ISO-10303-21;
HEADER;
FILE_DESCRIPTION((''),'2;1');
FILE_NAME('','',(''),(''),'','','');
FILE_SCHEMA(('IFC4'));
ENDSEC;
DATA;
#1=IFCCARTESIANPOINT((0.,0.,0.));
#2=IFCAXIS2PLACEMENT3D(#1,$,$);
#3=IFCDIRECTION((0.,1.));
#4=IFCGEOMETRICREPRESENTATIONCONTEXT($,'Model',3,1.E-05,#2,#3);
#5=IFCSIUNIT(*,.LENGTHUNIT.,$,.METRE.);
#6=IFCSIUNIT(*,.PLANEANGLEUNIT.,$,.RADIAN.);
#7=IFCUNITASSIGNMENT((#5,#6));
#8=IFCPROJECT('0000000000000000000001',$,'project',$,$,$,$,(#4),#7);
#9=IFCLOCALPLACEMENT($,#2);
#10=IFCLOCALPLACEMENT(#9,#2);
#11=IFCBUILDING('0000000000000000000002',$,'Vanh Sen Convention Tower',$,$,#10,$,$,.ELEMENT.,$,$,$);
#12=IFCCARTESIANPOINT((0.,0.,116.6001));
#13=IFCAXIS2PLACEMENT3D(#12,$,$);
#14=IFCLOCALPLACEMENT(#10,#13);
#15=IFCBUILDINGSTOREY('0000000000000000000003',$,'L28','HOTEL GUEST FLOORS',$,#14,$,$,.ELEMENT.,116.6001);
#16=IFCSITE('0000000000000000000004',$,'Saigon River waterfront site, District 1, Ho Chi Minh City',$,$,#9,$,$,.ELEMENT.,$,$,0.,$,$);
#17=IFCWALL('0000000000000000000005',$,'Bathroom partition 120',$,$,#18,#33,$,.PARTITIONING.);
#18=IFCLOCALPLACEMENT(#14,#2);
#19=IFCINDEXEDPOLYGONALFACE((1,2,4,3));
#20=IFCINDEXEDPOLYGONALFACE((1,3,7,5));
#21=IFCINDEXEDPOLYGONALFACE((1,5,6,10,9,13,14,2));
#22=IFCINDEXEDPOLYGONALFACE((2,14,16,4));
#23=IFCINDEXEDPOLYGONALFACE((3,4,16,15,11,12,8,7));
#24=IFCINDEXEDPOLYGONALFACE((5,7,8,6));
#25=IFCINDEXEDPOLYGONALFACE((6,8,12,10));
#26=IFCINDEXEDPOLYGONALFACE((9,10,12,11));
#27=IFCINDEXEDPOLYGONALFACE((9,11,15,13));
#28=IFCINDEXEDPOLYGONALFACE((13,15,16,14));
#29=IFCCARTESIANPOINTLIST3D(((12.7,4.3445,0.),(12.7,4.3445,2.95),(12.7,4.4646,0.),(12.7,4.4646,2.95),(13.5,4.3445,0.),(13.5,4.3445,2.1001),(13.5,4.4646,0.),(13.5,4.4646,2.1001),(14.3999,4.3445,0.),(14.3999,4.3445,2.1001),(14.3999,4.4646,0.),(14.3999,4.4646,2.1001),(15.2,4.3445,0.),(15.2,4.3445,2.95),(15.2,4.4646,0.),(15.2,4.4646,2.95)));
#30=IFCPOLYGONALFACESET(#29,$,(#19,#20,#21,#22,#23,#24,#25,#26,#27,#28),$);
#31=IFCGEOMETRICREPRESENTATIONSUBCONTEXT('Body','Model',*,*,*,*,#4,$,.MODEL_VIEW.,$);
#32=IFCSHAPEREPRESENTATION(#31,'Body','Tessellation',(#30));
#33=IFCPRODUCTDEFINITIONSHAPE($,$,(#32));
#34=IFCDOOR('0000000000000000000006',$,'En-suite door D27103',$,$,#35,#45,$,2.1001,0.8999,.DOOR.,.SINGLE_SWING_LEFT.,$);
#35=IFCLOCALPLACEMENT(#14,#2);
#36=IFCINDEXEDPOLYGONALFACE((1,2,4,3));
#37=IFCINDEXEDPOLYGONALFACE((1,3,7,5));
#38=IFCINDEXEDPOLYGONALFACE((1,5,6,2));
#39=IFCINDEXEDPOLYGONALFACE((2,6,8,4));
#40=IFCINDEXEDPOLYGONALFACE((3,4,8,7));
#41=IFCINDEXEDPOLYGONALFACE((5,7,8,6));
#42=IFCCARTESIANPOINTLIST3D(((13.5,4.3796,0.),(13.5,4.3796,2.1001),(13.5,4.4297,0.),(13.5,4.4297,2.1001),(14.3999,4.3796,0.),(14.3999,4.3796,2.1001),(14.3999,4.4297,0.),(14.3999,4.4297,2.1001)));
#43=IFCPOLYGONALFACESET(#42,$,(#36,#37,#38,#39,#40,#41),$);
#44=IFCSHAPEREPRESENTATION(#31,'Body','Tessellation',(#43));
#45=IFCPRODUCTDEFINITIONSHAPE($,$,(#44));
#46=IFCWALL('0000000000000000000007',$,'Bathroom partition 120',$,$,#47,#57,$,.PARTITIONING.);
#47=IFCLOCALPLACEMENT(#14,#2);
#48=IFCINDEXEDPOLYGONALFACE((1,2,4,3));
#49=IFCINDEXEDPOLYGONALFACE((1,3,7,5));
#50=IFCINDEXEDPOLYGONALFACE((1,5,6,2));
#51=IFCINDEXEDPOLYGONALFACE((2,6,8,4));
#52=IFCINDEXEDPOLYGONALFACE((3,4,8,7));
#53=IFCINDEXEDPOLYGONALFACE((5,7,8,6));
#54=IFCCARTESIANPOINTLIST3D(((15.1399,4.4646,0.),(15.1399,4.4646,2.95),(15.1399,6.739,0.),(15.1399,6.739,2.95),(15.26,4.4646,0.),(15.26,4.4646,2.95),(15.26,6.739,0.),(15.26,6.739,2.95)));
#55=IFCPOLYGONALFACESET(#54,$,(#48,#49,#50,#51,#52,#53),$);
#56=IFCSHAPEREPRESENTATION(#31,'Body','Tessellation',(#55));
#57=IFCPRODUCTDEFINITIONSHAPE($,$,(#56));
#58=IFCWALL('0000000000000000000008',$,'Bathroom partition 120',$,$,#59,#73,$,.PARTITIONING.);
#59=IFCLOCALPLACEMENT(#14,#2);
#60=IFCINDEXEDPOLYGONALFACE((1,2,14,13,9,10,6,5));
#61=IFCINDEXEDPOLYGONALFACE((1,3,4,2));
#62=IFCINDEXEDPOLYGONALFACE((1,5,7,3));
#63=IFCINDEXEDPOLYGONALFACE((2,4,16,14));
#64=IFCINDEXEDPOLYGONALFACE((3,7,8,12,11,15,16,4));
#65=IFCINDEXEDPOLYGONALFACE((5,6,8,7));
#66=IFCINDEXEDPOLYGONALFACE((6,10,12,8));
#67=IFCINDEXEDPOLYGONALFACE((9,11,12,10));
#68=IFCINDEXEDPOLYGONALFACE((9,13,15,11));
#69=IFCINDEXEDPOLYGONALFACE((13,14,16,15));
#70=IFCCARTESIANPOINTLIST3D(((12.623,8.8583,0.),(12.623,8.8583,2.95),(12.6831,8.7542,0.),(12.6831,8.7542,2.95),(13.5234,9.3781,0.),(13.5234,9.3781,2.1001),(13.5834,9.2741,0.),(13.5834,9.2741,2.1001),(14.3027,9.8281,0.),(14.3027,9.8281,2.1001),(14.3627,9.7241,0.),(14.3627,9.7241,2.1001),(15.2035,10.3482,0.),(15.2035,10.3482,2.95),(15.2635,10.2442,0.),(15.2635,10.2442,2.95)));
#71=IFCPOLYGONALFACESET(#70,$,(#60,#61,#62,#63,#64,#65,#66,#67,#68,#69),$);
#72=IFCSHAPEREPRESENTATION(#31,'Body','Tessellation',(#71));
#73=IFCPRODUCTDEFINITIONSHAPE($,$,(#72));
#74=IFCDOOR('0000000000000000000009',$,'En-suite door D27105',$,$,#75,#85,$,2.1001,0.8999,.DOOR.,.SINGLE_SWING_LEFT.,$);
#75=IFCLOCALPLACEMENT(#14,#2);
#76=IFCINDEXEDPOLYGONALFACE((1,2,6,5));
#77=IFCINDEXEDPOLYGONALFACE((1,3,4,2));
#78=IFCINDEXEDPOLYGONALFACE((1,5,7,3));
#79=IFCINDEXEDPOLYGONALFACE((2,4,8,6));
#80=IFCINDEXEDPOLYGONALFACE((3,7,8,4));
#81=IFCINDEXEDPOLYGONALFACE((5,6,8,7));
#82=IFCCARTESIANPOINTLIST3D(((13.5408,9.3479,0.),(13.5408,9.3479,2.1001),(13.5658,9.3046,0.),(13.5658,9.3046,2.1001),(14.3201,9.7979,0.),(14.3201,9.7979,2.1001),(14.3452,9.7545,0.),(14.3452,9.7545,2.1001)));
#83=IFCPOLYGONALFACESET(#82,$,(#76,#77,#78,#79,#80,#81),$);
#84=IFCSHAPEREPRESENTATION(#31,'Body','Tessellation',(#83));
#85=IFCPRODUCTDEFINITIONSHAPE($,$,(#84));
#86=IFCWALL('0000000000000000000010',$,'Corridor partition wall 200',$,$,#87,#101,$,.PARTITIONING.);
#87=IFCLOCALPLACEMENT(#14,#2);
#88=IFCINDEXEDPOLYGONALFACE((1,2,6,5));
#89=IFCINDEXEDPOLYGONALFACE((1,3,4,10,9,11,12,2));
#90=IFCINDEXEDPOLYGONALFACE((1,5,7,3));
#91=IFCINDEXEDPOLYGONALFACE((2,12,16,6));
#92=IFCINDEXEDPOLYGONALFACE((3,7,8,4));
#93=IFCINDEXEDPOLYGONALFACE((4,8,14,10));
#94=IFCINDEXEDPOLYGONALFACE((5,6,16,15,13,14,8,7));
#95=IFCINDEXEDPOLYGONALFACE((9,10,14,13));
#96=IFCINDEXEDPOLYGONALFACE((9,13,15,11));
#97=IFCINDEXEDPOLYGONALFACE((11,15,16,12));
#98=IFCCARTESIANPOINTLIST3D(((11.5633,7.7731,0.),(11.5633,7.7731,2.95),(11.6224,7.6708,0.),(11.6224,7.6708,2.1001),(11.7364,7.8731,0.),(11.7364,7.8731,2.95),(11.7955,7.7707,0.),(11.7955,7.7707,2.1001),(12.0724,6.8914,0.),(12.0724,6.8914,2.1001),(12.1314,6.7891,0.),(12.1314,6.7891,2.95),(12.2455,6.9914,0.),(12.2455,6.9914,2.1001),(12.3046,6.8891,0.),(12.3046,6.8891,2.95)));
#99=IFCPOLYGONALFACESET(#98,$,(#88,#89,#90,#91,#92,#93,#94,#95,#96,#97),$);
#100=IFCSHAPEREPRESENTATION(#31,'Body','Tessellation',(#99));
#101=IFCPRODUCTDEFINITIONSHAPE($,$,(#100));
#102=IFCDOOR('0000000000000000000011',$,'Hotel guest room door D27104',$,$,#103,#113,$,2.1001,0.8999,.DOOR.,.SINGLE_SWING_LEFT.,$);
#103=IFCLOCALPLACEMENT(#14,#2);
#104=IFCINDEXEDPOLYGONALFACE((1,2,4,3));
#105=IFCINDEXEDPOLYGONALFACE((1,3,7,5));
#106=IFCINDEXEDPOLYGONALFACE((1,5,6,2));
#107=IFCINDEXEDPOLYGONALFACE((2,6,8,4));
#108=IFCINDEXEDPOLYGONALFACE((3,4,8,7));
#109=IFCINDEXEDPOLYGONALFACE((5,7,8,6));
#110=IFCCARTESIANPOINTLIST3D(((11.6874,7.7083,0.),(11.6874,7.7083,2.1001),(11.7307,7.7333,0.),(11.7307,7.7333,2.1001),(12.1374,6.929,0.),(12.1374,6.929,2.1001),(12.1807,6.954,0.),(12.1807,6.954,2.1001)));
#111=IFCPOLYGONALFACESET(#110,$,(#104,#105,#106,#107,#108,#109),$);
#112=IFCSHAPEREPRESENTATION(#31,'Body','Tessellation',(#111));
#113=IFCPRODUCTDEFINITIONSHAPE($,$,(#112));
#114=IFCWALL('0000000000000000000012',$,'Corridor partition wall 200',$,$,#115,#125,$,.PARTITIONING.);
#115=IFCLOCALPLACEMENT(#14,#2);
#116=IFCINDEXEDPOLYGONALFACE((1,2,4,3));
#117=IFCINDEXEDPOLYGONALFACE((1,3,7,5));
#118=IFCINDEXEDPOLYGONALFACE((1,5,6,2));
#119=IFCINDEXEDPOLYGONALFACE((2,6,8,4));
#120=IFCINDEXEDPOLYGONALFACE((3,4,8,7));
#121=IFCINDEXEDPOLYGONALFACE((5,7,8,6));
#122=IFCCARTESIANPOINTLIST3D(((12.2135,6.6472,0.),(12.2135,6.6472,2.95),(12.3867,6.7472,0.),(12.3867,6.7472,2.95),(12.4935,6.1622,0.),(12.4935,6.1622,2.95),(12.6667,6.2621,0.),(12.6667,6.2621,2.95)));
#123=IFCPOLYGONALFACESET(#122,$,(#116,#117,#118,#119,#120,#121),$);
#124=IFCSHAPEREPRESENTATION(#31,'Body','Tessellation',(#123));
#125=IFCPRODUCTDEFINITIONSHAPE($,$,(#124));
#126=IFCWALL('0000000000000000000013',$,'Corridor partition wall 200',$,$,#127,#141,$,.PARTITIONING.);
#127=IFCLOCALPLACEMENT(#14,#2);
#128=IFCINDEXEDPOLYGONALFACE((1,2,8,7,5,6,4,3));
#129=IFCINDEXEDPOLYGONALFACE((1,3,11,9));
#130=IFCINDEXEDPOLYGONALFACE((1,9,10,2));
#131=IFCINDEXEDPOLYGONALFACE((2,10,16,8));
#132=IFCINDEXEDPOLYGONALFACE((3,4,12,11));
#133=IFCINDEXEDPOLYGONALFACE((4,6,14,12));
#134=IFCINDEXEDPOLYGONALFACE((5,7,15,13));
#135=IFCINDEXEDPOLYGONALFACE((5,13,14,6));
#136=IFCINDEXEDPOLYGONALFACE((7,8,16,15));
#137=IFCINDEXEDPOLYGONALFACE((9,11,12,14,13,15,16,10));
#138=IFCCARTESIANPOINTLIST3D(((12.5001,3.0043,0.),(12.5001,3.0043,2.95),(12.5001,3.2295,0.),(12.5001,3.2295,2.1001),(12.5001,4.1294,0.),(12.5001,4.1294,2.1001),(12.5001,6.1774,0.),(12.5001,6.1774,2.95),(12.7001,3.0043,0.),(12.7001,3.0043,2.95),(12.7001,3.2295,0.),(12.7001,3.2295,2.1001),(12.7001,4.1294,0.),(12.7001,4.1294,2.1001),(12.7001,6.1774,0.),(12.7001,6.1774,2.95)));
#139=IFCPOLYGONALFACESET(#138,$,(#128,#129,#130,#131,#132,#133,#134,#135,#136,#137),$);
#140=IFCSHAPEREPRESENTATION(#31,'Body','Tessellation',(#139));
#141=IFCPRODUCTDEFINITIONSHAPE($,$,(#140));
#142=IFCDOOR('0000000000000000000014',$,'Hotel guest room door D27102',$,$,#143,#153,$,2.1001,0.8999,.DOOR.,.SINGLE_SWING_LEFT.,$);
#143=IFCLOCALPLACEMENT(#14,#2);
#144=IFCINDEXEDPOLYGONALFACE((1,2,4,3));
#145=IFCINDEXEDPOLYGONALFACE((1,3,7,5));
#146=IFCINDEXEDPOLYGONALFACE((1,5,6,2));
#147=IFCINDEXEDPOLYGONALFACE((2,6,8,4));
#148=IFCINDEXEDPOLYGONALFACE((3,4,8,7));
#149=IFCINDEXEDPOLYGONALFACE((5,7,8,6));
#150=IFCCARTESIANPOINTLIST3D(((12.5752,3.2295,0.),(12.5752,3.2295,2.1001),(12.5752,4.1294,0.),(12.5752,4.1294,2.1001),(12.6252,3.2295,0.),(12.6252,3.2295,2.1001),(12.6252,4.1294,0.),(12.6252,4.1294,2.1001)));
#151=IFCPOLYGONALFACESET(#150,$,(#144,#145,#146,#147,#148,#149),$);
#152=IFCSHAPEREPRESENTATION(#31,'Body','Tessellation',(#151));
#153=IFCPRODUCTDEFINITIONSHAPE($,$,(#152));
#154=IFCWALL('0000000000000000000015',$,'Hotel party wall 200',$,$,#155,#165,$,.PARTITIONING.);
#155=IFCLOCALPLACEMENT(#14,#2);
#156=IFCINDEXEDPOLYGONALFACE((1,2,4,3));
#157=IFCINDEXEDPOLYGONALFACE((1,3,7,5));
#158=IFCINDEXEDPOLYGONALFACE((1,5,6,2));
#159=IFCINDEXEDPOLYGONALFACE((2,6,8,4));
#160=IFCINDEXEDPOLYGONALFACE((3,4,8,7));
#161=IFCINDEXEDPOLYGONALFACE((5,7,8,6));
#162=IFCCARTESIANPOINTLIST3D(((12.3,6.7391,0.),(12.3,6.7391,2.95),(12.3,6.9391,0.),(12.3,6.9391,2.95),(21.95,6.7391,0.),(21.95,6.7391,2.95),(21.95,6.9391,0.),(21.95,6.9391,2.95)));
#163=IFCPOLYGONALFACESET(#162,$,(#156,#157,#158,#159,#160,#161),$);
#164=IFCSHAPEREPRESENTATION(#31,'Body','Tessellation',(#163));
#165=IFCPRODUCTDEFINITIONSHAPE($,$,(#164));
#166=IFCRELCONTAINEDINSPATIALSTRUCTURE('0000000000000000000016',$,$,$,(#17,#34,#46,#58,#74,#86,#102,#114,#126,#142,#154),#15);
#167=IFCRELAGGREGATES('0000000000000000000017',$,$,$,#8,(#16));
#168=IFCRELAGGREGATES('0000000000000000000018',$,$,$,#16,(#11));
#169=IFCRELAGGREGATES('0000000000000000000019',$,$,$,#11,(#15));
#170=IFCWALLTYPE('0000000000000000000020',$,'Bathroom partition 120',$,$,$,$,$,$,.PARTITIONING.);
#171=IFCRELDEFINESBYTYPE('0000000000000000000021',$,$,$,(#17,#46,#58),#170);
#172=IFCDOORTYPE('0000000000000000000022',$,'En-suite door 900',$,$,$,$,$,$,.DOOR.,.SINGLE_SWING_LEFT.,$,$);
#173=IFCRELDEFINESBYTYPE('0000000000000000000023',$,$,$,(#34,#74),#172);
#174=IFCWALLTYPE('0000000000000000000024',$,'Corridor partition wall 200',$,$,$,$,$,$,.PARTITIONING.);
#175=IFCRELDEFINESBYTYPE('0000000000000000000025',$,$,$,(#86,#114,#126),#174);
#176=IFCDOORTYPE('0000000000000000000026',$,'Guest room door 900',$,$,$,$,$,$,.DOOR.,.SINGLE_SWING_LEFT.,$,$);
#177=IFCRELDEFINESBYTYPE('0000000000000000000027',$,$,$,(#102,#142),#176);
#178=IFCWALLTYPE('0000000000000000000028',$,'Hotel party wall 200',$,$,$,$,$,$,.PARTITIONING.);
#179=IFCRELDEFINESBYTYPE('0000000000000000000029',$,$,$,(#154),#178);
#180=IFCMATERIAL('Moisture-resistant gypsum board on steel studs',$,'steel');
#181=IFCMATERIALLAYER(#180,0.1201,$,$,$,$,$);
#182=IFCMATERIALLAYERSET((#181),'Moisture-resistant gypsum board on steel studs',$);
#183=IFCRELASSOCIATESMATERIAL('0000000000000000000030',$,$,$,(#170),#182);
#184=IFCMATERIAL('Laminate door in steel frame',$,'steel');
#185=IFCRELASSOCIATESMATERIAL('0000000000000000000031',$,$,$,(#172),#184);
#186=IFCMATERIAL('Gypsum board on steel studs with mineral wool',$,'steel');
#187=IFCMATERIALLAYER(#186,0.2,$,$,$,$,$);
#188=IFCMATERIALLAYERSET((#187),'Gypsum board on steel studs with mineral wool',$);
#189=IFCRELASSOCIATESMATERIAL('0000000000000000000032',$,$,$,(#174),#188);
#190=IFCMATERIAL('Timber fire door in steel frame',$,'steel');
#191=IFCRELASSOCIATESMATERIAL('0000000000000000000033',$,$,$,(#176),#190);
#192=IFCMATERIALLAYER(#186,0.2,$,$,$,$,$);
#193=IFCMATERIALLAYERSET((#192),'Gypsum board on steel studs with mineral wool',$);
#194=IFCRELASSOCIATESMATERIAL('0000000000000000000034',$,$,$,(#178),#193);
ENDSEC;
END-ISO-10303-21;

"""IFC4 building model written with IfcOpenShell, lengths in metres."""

from ifc_helpers import new_model, si_unit, direction, frame, frame_2d, origin, place, context, subcontext, project, spatial, rectangle, extrude, material, layer, layer_set, type_object, element, fill, save


model = new_model("IFC4")

# Units and contexts
model_context = context("Model", 3, precision=1e-05, world=origin(), true_north=direction((0.0, 1.0)))
body_context = subcontext(model_context, "Body", "Model", "MODEL_VIEW")
ifc_project = project(units=[si_unit("LENGTHUNIT", "METRE"), si_unit("PLANEANGLEUNIT", "RADIAN")], contexts=[model_context])

# Site, building, storey
site_placement = place(None, origin())
site = spatial("IfcSite", under=ifc_project, at=site_placement, Name="Saigon River waterfront site, District 1, Ho Chi Minh City", CompositionType="ELEMENT", RefElevation=0.0)
building_placement = place(site_placement, origin())
building = spatial("IfcBuilding", under=site, at=building_placement, Name="Vanh Sen Convention Tower", CompositionType="ELEMENT")
storey_placement = place(building_placement, frame((0.0, 0.0, 116.6001)))
storey = spatial("IfcBuildingStorey", under=building, at=storey_placement, Name="L28", Description="HOTEL GUEST FLOORS", CompositionType="ELEMENT", Elevation=116.6001)

# Shared definitions
ifc_material_1 = material(Name="Moisture-resistant gypsum board on steel studs", Category="steel")
ifc_layer_1 = layer(ifc_material_1, 0.1201)
ifc_layer_set_1 = layer_set([ifc_layer_1], Name="Moisture-resistant gypsum board on steel studs")
wall_type_1 = type_object("IfcWallType", Name="Bathroom partition 120", PredefinedType="PARTITIONING", material=ifc_layer_set_1)

# Wall, opening, door
wall_1_placement = place(storey_placement, frame((15.2, 4.4045, 0.0), z_axis=(0.0, 0.0, 1.0), x_axis=(-1.0, 0.0, 0.0)))
wall_1 = element("IfcWall", 1, at=wall_1_placement, inside=storey, type_object=wall_type_1, Name="Bathroom partition 120", PredefinedType="PARTITIONING", context=body_context, shape_type="SweptSolid", body=[
    extrude(rectangle(XDim=2.5, YDim=0.1201, at=frame_2d((1.25, 0.0))), origin(), (0.0, 0.0, 1.0), 2.95),
])
opening_1_placement = place(wall_1_placement, frame((0.8, 0.0, 0.0)))
opening_1 = element("IfcOpeningElement", 2, at=opening_1_placement, cuts=wall_1, PredefinedType="OPENING", context=body_context, shape_type="SweptSolid", body=[
    extrude(rectangle(XDim=0.8999, YDim=2.1001, at=frame_2d((0.45, 1.05))), frame((0.0, 0.0701, 0.0), z_axis=(0.0, -1.0, 0.0), x_axis=(1.0, 0.0, 0.0)), (0.0, 0.0, 1.0), 0.1401),
])
ifc_material_2 = material(Name="Laminate door in steel frame", Category="steel")
door_type_1 = type_object("IfcDoorType", Name="En-suite door 900", OperationType="SINGLE_SWING_LEFT", PredefinedType="DOOR", material=ifc_material_2)
door_1_placement = place(opening_1_placement, origin())
door_1 = element("IfcDoor", 3, at=door_1_placement, inside=storey, type_object=door_type_1, Name="En-suite door D27103", OperationType="SINGLE_SWING_LEFT", OverallHeight=2.1001, OverallWidth=0.8999, PredefinedType="DOOR", context=body_context, shape_type="SweptSolid", body=[
    extrude(rectangle(XDim=0.8999, YDim=2.1001, at=frame_2d((0.45, 1.05))), frame((0.0, 0.0249, 0.0), z_axis=(0.0, -1.0, 0.0), x_axis=(1.0, 0.0, 0.0)), (0.0, 0.0, 1.0), 0.05),
])
fill(opening_1, door_1)

# Wall
wall_2_placement = place(storey_placement, frame((15.2, 6.739, 0.0), z_axis=(0.0, 0.0, 1.0), x_axis=(0.0, -1.0, 0.0)))
element("IfcWall", 4, at=wall_2_placement, inside=storey, type_object=wall_type_1, Name="Bathroom partition 120", PredefinedType="PARTITIONING", context=body_context, shape_type="SweptSolid", body=[
    extrude(rectangle(XDim=2.2744, YDim=0.1201, at=frame_2d((1.1372, 0.0))), origin(), (0.0, 0.0, 1.0), 2.95),
])

# Walls, openings, doors
wall_3_placement = place(storey_placement, frame((15.2334, 10.2961, 0.0), z_axis=(0.0, 0.0, 1.0), x_axis=(-0.866011, -0.500025, 0.0)))
wall_3 = element("IfcWall", 5, at=wall_3_placement, inside=storey, type_object=wall_type_1, Name="Bathroom partition 120", PredefinedType="PARTITIONING", context=body_context, shape_type="SweptSolid", body=[
    extrude(rectangle(XDim=2.9797, YDim=0.1201, at=frame_2d((1.4897, 0.0))), origin(), (0.0, 0.0, 1.0), 2.95),
])
opening_2_placement = place(wall_3_placement, frame((1.04, 0.0, 0.0)))
opening_2 = element("IfcOpeningElement", 6, at=opening_2_placement, cuts=wall_3, PredefinedType="OPENING", context=body_context, shape_type="SweptSolid", body=[
    extrude(rectangle(XDim=0.8999, YDim=2.1001, at=frame_2d((0.45, 1.05))), frame((0.0, 0.0701, 0.0), z_axis=(0.0, -1.0, 0.0), x_axis=(1.0, 0.0, 0.0)), (0.0, 0.0, 1.0), 0.1401),
])
door_2_placement = place(opening_2_placement, origin())
door_2 = element("IfcDoor", 7, at=door_2_placement, inside=storey, type_object=door_type_1, Name="En-suite door D27105", OperationType="SINGLE_SWING_LEFT", OverallHeight=2.1001, OverallWidth=0.8999, PredefinedType="DOOR", context=body_context, shape_type="SweptSolid", body=[
    extrude(rectangle(XDim=0.8999, YDim=2.1001, at=frame_2d((0.45, 1.05))), frame((0.0, 0.0249, 0.0), z_axis=(0.0, -1.0, 0.0), x_axis=(1.0, 0.0, 0.0)), (0.0, 0.0, 1.0), 0.05),
])
fill(opening_2, door_2)
ifc_material_3 = material(Name="Gypsum board on steel studs with mineral wool", Category="steel")
ifc_layer_2 = layer(ifc_material_3, 0.2)
ifc_layer_set_2 = layer_set([ifc_layer_2], Name="Gypsum board on steel studs with mineral wool")
wall_type_2 = type_object("IfcWallType", Name="Corridor partition wall 200", PredefinedType="PARTITIONING", material=ifc_layer_set_2)
wall_4_placement = place(storey_placement, frame((12.218, 6.8391, 0.0), z_axis=(0.0, 0.0, 1.0), x_axis=(-0.500045, 0.865999, 0.0)))
wall_4 = element("IfcWall", 8, at=wall_4_placement, inside=storey, type_object=wall_type_2, Name="Corridor partition wall 200", PredefinedType="PARTITIONING", context=body_context, shape_type="SweptSolid", body=[
    extrude(rectangle(XDim=1.1362, YDim=0.2, at=frame_2d((0.5681, 0.0))), origin(), (0.0, 0.0, 1.0), 2.95),
])
opening_3_placement = place(wall_4_placement, frame((0.1182, 0.0, 0.0)))
opening_3 = element("IfcOpeningElement", 9, at=opening_3_placement, cuts=wall_4, PredefinedType="OPENING", context=body_context, shape_type="SweptSolid", body=[
    extrude(rectangle(XDim=0.8999, YDim=2.1001, at=frame_2d((0.45, 1.05))), frame((0.0, 0.1099, 0.0), z_axis=(0.0, -1.0, 0.0), x_axis=(1.0, 0.0, 0.0)), (0.0, 0.0, 1.0), 0.22),
])
ifc_material_4 = material(Name="Timber fire door in steel frame", Category="steel")
door_type_2 = type_object("IfcDoorType", Name="Guest room door 900", OperationType="SINGLE_SWING_LEFT", PredefinedType="DOOR", material=ifc_material_4)
door_3_placement = place(opening_3_placement, origin())
door_3 = element("IfcDoor", 10, at=door_3_placement, inside=storey, type_object=door_type_2, Name="Hotel guest room door D27104", OperationType="SINGLE_SWING_LEFT", OverallHeight=2.1001, OverallWidth=0.8999, PredefinedType="DOOR", context=body_context, shape_type="SweptSolid", body=[
    extrude(rectangle(XDim=0.8999, YDim=2.1001, at=frame_2d((0.45, 1.05))), frame((0.0, 0.0249, 0.0), z_axis=(0.0, -1.0, 0.0), x_axis=(1.0, 0.0, 0.0)), (0.0, 0.0, 1.0), 0.05),
])
fill(opening_3, door_3)

# Wall
wall_5_placement = place(storey_placement, frame((12.5801, 6.2122, 0.0), z_axis=(0.0, 0.0, 1.0), x_axis=(-0.499936, 0.866062, 0.0)))
element("IfcWall", 11, at=wall_5_placement, inside=storey, type_object=wall_type_2, Name="Corridor partition wall 200", PredefinedType="PARTITIONING", context=body_context, shape_type="SweptSolid", body=[
    extrude(rectangle(XDim=0.5601, YDim=0.2, at=frame_2d((0.28, 0.0))), origin(), (0.0, 0.0, 1.0), 2.95),
])

# Wall, opening, door
wall_6_placement = place(storey_placement, frame((12.6001, 3.0044, 0.0), z_axis=(0.0, 0.0, 1.0), x_axis=(0.0, 1.0, 0.0)))
wall_6 = element("IfcWall", 12, at=wall_6_placement, inside=storey, type_object=wall_type_2, Name="Corridor partition wall 200", PredefinedType="PARTITIONING", context=body_context, shape_type="SweptSolid", body=[
    extrude(rectangle(XDim=3.1731, YDim=0.2, at=frame_2d((1.5864, 0.0))), origin(), (0.0, 0.0, 1.0), 2.95),
])
opening_4_placement = place(wall_6_placement, frame((0.2251, 0.0, 0.0)))
opening_4 = element("IfcOpeningElement", 13, at=opening_4_placement, cuts=wall_6, PredefinedType="OPENING", context=body_context, shape_type="SweptSolid", body=[
    extrude(rectangle(XDim=0.8999, YDim=2.1001, at=frame_2d((0.45, 1.05))), frame((0.0, 0.1099, 0.0), z_axis=(0.0, -1.0, 0.0), x_axis=(1.0, 0.0, 0.0)), (0.0, 0.0, 1.0), 0.22),
])
door_4_placement = place(opening_4_placement, origin())
door_4 = element("IfcDoor", 14, at=door_4_placement, inside=storey, type_object=door_type_2, Name="Hotel guest room door D27102", OperationType="SINGLE_SWING_LEFT", OverallHeight=2.1001, OverallWidth=0.8999, PredefinedType="DOOR", context=body_context, shape_type="SweptSolid", body=[
    extrude(rectangle(XDim=0.8999, YDim=2.1001, at=frame_2d((0.45, 1.05))), frame((0.0, 0.0249, 0.0), z_axis=(0.0, -1.0, 0.0), x_axis=(1.0, 0.0, 0.0)), (0.0, 0.0, 1.0), 0.05),
])
fill(opening_4, door_4)

# Wall
ifc_layer_3 = layer(ifc_material_3, 0.2)
ifc_layer_set_3 = layer_set([ifc_layer_3], Name="Gypsum board on steel studs with mineral wool")
wall_type_3 = type_object("IfcWallType", Name="Hotel party wall 200", PredefinedType="PARTITIONING", material=ifc_layer_set_3)
wall_7_placement = place(storey_placement, frame((21.95, 6.8391, 0.0), z_axis=(0.0, 0.0, 1.0), x_axis=(-1.0, 0.0, 0.0)))
element("IfcWall", 15, at=wall_7_placement, inside=storey, type_object=wall_type_3, Name="Hotel party wall 200", PredefinedType="PARTITIONING", context=body_context, shape_type="SweptSolid", body=[
    extrude(rectangle(XDim=9.6499, YDim=0.2, at=frame_2d((4.825, 0.0))), origin(), (0.0, 0.0, 1.0), 2.95),
])

save(model, "model.ifc")
